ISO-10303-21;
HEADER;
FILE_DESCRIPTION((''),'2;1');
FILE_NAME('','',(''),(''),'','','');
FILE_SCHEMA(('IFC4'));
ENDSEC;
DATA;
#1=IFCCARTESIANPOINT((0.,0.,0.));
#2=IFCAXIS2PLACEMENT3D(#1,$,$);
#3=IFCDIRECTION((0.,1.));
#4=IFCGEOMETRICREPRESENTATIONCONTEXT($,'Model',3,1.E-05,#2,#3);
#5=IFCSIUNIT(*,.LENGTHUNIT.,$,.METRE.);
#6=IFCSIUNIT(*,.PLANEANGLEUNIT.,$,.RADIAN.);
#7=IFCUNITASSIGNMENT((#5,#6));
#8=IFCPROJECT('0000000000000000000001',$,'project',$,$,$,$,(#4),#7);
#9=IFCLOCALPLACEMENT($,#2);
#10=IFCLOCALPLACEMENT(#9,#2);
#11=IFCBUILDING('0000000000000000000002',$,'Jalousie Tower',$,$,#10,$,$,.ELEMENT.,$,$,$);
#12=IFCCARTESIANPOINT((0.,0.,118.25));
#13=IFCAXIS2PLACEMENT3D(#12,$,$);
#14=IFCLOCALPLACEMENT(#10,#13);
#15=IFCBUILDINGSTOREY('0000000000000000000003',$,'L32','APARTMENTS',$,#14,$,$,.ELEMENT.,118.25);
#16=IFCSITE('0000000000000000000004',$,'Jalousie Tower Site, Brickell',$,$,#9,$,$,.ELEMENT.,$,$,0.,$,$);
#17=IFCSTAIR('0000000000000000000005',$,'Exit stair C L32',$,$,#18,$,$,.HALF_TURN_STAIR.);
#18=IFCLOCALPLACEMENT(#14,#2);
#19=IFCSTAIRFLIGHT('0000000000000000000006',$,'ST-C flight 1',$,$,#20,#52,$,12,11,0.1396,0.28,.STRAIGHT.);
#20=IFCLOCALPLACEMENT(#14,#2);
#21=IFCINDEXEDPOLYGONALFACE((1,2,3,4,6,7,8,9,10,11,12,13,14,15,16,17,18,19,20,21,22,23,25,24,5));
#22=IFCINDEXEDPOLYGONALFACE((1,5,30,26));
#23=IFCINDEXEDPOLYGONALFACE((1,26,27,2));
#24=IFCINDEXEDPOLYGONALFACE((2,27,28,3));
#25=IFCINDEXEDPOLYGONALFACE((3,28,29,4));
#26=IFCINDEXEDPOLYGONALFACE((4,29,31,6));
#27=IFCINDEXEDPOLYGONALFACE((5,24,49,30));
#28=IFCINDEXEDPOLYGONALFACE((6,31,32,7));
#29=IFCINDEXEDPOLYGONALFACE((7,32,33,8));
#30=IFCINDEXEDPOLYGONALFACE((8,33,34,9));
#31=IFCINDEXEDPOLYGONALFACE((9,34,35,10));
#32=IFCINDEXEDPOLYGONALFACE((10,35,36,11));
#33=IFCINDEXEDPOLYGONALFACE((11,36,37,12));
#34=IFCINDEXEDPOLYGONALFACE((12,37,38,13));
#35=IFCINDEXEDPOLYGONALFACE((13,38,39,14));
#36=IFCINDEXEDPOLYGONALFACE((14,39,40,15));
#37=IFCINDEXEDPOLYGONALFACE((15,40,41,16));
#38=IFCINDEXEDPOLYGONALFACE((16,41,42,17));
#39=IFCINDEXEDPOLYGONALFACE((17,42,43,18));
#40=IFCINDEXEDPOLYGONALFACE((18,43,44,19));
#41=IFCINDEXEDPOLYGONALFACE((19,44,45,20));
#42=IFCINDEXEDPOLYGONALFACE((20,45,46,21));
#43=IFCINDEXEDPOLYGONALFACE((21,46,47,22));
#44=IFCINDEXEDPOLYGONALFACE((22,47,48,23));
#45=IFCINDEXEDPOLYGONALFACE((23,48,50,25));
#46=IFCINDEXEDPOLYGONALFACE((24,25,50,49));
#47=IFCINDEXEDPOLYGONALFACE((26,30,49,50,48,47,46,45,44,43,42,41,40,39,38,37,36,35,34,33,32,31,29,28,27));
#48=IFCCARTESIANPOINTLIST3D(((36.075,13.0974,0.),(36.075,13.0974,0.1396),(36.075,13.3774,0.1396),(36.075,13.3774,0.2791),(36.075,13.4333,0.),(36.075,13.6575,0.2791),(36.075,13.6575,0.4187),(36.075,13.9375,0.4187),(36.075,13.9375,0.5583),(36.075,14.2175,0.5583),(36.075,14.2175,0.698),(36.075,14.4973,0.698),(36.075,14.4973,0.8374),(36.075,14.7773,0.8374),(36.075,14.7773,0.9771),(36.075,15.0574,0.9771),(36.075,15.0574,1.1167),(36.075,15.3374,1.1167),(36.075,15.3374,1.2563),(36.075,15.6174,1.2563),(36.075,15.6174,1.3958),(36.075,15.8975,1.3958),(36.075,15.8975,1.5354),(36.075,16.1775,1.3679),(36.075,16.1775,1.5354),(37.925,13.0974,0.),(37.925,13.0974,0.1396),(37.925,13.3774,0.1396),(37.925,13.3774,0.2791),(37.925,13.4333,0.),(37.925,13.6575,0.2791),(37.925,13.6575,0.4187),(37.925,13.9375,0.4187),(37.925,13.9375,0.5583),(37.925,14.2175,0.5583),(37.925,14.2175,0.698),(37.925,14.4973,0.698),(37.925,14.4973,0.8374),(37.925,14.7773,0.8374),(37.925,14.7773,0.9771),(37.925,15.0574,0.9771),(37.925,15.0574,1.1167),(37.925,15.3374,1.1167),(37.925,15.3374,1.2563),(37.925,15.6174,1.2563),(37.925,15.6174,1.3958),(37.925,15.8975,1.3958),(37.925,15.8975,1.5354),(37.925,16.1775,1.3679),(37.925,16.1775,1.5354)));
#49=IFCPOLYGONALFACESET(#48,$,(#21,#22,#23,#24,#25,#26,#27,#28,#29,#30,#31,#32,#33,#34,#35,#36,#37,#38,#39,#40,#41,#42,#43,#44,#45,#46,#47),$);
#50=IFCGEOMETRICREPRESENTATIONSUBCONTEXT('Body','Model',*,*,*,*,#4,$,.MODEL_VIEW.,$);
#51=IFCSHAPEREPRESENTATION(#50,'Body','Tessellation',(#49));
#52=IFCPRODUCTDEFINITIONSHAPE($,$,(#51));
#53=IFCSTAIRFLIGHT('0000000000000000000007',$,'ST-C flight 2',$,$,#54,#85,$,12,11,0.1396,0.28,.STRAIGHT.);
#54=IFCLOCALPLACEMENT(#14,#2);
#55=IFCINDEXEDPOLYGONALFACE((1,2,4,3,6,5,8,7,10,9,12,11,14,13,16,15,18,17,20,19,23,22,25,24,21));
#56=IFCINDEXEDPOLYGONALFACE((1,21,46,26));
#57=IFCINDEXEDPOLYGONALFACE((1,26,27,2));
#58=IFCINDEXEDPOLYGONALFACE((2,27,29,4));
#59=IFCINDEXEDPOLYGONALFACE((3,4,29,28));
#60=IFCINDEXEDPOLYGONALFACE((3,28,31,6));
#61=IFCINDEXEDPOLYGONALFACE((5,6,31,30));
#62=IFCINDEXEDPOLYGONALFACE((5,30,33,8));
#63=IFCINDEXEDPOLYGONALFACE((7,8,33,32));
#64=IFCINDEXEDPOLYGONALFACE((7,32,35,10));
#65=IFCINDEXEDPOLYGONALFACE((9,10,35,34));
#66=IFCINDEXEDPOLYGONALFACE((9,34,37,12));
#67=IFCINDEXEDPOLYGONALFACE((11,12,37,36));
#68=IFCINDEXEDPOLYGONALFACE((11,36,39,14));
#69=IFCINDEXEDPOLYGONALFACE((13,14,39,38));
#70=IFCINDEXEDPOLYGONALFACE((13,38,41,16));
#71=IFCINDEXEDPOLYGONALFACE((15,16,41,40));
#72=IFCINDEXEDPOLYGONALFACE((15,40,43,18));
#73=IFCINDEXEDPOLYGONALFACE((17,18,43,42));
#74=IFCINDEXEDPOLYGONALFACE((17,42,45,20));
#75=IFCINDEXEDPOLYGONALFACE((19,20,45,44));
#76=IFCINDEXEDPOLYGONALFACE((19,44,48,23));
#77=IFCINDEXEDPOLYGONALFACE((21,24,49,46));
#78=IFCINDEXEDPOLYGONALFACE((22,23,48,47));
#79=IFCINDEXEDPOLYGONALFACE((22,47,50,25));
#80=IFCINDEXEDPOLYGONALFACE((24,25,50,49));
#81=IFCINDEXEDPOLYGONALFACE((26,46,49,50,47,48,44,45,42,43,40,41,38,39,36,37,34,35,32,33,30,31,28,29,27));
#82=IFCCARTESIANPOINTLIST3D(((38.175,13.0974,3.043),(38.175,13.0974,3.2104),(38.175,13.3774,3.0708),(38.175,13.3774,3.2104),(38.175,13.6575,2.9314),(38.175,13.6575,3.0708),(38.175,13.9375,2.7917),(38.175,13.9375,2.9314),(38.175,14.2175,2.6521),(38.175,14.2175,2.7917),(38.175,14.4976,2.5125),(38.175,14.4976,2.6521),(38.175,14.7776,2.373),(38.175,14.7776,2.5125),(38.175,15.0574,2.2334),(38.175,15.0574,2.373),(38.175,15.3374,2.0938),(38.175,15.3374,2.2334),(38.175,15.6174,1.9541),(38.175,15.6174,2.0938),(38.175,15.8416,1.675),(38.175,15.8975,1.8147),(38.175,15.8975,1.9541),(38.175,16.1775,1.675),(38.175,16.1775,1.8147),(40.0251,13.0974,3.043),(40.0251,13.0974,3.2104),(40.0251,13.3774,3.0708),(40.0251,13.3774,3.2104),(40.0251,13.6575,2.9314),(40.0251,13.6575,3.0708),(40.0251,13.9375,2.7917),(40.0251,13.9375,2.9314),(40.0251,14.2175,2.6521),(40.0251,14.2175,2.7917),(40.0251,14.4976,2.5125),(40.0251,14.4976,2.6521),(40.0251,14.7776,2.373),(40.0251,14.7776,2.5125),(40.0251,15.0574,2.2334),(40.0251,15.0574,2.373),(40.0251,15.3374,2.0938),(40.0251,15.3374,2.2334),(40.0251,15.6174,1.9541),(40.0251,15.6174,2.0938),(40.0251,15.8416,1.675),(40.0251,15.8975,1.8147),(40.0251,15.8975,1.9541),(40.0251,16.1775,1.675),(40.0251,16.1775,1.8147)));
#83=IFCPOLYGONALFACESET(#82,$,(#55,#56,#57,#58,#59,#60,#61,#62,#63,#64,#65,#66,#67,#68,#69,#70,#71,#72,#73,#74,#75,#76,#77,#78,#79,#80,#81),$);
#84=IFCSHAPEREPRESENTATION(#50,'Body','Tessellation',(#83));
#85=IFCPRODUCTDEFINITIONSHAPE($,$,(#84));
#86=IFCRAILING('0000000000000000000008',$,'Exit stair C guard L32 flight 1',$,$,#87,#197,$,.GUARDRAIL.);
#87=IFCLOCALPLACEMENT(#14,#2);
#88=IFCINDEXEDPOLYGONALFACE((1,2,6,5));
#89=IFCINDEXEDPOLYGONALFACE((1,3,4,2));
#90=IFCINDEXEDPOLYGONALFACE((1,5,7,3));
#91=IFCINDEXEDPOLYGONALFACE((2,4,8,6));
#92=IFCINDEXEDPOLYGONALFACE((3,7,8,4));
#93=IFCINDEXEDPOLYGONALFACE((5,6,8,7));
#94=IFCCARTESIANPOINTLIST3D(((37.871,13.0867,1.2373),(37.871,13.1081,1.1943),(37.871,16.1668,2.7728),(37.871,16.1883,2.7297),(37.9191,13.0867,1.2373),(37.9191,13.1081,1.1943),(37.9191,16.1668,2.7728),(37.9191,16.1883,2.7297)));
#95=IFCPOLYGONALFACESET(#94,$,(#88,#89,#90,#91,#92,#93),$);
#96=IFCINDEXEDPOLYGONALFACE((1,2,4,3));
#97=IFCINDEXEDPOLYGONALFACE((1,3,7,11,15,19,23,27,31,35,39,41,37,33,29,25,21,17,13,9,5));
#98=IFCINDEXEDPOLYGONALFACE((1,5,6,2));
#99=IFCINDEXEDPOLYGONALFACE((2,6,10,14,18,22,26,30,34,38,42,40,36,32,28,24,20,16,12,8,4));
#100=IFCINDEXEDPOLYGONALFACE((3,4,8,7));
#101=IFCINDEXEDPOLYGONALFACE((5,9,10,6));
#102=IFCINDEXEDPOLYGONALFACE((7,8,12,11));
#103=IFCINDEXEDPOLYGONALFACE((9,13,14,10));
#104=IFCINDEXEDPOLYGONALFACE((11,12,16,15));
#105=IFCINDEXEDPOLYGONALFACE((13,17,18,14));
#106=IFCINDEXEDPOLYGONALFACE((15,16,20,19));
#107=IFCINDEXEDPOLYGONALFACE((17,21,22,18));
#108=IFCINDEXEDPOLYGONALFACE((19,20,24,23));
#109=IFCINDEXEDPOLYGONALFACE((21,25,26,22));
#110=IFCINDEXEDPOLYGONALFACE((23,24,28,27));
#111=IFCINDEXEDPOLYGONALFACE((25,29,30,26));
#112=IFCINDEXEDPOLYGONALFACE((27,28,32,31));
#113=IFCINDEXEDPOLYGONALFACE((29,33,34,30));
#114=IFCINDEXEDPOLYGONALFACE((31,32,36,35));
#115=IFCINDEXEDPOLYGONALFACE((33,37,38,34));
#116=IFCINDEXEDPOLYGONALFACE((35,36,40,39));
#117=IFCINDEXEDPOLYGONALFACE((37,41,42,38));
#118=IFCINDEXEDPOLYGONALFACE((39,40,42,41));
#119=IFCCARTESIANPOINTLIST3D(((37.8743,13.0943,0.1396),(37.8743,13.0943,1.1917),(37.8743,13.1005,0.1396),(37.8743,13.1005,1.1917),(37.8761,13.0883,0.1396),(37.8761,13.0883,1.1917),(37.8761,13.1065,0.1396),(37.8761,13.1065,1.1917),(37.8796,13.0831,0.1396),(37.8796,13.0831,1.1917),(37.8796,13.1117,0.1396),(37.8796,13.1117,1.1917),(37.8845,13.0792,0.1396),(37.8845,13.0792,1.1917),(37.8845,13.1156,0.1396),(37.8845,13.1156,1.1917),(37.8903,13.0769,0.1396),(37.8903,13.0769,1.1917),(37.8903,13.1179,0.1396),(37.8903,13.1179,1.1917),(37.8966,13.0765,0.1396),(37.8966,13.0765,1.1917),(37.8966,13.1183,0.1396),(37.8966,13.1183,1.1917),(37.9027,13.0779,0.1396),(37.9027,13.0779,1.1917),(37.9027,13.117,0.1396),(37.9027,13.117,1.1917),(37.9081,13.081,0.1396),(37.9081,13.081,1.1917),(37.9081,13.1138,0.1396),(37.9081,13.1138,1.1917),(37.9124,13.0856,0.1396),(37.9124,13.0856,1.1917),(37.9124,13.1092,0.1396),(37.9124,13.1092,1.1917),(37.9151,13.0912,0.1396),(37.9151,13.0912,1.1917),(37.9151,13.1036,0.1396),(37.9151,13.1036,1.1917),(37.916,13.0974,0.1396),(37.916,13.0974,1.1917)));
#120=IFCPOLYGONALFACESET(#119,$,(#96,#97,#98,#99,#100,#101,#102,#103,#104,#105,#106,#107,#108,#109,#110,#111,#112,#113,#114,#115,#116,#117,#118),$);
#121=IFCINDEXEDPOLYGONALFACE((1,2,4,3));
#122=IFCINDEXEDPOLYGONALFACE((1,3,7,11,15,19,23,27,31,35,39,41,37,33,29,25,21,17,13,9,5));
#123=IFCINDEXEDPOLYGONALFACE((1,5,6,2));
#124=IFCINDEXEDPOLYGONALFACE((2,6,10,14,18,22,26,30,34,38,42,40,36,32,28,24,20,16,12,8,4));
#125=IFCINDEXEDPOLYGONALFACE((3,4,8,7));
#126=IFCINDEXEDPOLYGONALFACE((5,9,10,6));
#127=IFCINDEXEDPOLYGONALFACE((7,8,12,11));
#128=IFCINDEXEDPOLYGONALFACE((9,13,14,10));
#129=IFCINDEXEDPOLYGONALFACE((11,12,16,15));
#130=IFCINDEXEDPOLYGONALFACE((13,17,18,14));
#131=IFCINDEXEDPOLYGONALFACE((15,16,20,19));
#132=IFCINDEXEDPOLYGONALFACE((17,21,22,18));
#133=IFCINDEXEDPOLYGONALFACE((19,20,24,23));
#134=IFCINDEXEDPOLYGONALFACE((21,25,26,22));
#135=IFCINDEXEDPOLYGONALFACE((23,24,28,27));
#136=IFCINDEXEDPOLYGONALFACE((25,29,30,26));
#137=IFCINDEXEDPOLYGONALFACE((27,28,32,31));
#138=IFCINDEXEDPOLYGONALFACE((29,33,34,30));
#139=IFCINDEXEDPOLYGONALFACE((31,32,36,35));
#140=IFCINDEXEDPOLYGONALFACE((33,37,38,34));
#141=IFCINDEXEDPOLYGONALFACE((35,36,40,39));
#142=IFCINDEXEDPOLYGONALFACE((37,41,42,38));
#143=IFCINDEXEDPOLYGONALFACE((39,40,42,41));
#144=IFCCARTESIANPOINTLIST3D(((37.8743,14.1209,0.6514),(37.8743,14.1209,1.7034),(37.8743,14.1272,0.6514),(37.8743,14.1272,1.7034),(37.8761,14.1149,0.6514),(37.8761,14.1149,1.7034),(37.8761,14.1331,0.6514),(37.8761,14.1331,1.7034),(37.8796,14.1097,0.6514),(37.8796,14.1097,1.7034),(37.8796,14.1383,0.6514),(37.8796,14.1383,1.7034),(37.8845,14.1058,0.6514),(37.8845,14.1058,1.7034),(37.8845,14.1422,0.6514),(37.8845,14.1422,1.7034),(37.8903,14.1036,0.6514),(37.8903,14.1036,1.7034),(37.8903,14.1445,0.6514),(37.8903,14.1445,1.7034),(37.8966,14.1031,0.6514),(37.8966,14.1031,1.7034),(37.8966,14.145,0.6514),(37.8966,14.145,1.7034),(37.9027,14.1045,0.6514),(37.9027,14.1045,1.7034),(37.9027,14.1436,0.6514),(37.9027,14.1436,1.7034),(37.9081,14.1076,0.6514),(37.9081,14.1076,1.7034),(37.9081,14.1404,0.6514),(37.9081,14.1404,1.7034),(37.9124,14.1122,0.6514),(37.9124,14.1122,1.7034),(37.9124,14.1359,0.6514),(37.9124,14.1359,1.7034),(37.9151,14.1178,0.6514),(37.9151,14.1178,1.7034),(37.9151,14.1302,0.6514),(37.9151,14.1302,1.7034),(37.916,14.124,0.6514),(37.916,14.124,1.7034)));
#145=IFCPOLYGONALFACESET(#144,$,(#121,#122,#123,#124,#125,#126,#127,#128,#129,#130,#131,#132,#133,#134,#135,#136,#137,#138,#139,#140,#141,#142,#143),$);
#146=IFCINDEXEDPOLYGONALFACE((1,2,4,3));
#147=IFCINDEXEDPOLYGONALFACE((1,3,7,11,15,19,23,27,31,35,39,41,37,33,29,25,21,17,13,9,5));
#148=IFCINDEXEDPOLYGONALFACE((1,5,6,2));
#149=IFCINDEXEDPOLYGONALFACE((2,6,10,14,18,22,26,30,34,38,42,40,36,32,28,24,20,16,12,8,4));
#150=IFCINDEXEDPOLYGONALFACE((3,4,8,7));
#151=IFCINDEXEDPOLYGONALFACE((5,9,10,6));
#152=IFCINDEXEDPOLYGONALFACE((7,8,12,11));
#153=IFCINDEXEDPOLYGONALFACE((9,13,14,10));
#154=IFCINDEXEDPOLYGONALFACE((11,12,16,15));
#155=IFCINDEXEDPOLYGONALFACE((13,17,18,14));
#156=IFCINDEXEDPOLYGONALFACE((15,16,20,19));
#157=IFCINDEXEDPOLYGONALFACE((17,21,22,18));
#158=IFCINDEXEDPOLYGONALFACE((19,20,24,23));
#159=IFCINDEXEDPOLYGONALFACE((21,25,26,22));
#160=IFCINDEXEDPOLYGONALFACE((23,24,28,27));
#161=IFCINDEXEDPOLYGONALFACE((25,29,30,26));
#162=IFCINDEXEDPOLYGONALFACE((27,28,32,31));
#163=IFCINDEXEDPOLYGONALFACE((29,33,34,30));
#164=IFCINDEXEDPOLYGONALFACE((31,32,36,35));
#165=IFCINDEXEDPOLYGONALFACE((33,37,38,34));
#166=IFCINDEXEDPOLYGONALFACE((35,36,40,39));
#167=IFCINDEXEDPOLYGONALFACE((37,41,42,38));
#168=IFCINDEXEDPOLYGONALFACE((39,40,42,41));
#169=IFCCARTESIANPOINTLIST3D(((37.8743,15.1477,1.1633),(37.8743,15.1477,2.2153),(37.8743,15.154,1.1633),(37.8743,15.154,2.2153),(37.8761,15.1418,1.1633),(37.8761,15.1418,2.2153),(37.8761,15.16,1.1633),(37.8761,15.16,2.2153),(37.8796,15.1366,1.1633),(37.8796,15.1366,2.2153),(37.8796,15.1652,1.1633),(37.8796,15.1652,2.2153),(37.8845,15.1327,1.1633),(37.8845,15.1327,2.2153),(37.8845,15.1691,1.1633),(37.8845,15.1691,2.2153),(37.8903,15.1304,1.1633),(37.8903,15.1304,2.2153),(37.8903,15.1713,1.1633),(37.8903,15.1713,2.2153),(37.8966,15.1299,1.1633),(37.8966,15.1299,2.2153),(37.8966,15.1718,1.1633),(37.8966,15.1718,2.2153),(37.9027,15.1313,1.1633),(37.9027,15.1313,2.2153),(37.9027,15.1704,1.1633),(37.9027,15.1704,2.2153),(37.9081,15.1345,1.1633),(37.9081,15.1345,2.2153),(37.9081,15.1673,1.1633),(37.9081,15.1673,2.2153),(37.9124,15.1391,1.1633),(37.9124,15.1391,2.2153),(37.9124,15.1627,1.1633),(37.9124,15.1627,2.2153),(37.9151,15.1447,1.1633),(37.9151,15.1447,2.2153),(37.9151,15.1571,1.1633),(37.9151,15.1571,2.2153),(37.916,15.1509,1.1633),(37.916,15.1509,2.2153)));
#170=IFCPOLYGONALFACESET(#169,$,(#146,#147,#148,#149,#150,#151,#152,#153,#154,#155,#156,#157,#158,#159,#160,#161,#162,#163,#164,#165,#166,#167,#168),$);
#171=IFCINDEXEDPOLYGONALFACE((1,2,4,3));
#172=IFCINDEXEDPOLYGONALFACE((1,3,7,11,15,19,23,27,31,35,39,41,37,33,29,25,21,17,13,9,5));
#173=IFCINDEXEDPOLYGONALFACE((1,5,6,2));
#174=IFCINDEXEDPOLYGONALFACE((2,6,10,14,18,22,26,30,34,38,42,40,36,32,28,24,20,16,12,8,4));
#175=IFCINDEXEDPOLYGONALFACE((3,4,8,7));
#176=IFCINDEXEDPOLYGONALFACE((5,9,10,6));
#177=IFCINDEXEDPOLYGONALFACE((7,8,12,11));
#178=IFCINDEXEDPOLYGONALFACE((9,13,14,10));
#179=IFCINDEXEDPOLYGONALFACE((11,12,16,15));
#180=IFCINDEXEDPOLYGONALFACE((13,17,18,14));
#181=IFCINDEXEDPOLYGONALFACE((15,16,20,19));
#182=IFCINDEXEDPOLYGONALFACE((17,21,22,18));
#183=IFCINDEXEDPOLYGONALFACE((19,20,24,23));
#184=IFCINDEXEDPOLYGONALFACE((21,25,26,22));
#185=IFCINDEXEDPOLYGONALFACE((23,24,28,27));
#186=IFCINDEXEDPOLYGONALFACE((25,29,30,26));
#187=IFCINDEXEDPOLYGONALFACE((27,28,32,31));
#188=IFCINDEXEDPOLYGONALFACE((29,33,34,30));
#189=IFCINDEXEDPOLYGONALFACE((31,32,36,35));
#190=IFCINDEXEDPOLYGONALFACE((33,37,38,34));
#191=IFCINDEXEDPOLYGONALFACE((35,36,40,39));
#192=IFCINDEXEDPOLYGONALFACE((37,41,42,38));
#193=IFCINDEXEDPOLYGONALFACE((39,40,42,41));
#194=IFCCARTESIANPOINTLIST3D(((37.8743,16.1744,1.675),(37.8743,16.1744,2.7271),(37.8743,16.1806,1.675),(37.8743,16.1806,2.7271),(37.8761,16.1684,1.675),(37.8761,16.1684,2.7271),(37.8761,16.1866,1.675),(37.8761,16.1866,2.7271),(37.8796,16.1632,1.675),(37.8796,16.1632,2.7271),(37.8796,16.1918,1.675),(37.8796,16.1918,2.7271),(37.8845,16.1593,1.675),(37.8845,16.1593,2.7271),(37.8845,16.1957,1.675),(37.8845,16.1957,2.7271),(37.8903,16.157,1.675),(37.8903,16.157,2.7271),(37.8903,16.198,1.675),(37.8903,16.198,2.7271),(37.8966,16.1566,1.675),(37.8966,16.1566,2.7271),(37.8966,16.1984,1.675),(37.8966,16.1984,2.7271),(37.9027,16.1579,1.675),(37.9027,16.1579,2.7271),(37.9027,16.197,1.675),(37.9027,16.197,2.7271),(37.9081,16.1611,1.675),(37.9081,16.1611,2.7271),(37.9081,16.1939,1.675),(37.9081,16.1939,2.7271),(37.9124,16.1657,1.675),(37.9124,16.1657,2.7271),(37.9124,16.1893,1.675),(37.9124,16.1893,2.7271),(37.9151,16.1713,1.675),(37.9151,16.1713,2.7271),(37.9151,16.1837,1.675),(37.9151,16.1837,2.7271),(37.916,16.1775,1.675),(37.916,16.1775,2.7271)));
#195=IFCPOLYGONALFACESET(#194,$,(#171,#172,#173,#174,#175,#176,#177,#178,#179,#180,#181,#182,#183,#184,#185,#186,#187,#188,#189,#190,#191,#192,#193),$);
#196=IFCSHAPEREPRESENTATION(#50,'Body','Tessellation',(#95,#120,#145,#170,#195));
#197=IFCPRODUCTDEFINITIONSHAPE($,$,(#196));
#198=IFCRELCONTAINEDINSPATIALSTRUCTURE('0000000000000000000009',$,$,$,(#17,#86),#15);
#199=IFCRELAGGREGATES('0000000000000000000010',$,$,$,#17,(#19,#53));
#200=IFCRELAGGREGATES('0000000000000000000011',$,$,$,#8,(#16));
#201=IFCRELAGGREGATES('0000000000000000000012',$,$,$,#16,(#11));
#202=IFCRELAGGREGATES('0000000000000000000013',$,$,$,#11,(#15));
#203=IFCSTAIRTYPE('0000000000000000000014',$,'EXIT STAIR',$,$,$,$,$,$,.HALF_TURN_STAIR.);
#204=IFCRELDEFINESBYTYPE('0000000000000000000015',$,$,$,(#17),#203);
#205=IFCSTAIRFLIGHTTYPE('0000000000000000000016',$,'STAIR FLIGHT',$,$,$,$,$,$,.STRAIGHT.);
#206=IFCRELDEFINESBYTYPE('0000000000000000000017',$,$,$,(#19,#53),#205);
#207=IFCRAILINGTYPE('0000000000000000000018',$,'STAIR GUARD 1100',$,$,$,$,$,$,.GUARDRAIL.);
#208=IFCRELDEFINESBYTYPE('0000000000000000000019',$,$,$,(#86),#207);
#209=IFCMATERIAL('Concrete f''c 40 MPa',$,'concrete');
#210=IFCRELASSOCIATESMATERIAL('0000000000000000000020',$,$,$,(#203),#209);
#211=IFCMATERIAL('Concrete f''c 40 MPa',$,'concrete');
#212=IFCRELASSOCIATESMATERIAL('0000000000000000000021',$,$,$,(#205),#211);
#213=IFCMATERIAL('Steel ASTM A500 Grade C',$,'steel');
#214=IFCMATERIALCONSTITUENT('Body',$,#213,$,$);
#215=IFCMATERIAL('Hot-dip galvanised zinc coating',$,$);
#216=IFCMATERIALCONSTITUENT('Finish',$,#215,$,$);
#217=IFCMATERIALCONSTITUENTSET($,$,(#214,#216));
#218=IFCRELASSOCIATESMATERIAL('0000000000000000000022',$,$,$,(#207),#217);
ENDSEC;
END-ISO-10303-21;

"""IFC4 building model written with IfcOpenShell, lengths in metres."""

from ifc_helpers import new_model, si_unit, direction, frame, origin, origin_2d, place, context, subcontext, project, spatial, polyline, rectangle, circle, outline, extrude, material, constituent, constituent_set, type_object, element, aggregate, save


model = new_model("IFC4")

# Units and contexts
model_context = context("Model", 3, precision=1e-05, world=origin(), true_north=direction((0.0, 1.0)))
body_context = subcontext(model_context, "Body", "Model", "MODEL_VIEW")
ifc_project = project(units=[si_unit("LENGTHUNIT", "METRE"), si_unit("PLANEANGLEUNIT", "RADIAN")], contexts=[model_context])

# Site, building, storey
site_placement = place(None, origin())
site = spatial("IfcSite", under=ifc_project, at=site_placement, Name="Jalousie Tower Site, Brickell", CompositionType="ELEMENT", RefElevation=0.0)
building_placement = place(site_placement, origin())
building = spatial("IfcBuilding", under=site, at=building_placement, Name="Jalousie Tower", CompositionType="ELEMENT")
storey_placement = place(building_placement, frame((0.0, 0.0, 118.25)))
storey = spatial("IfcBuildingStorey", under=building, at=storey_placement, Name="L32", Description="APARTMENTS", CompositionType="ELEMENT", Elevation=118.25)

# Stair, stair flights
ifc_material_1 = material(Name="Concrete f'c 40 MPa", Category="concrete")
stair_type = type_object("IfcStairType", Name="EXIT STAIR", PredefinedType="HALF_TURN_STAIR", material=ifc_material_1)
stair_placement = place(storey_placement, origin())
stair = element("IfcStair", 1, at=stair_placement, inside=storey, type_object=stair_type, Name="Exit stair C L32", PredefinedType="HALF_TURN_STAIR")
ifc_material_2 = material(Name="Concrete f'c 40 MPa", Category="concrete")
stair_flight_type = type_object("IfcStairFlightType", Name="STAIR FLIGHT", PredefinedType="STRAIGHT", material=ifc_material_2)
stair_flight_1_placement = place(storey_placement, frame((37.0, 13.0974, 0.0), z_axis=(0.0, 0.0, 1.0), x_axis=(0.0, 1.0, 0.0)))
stair_flight_1 = element("IfcStairFlight", 2, at=stair_flight_1_placement, type_object=stair_flight_type, Name="ST-C flight 1", NumberOfRisers=12, NumberOfTreads=11, PredefinedType="STRAIGHT", RiserHeight=0.1396, TreadLength=0.28, context=body_context, shape_type="SweptSolid", body=[
    extrude(outline(polyline([(0.0, 0.0), (0.0, 0.1396), (0.28, 0.1396), (0.28, 0.2791), (0.5601, 0.2791), (0.5601, 0.4187), (0.8401, 0.4187), (0.8401, 0.5583), (1.1201, 0.5583), (1.1201, 0.698), (1.3999, 0.698), (1.3999, 0.8374), (1.6799, 0.8374), (1.6799, 0.9771), (1.96, 0.9771), (1.96, 1.1167), (2.24, 1.1167), (2.24, 1.2563), (2.52, 1.2563), (2.52, 1.3958), (2.8, 1.3958), (2.8, 1.5354), (3.0801, 1.5354), (3.0801, 1.675), (3.0801, 1.3679), (0.3359, 0.0), (0.0, 0.0)])), frame((0.0, 0.925, 0.0), z_axis=(0.0, -1.0, 0.0), x_axis=(1.0, 0.0, 0.0)), (0.0, 0.0, 1.0), 1.8501),
])
stair_flight_2_placement = place(storey_placement, frame((39.1001, 16.1775, 1.675), z_axis=(0.0, 0.0, 1.0), x_axis=(0.0, -1.0, 0.0)))
stair_flight_2 = element("IfcStairFlight", 3, at=stair_flight_2_placement, type_object=stair_flight_type, Name="ST-C flight 2", NumberOfRisers=12, NumberOfTreads=11, PredefinedType="STRAIGHT", RiserHeight=0.1396, TreadLength=0.28, context=body_context, shape_type="SweptSolid", body=[
    extrude(outline(polyline([(0.0, 0.0), (0.0, 0.1396), (0.28, 0.1396), (0.28, 0.2791), (0.5601, 0.2791), (0.5601, 0.4187), (0.8401, 0.4187), (0.8401, 0.5583), (1.1201, 0.5583), (1.1201, 0.698), (1.3999, 0.698), (1.3999, 0.8374), (1.6799, 0.8374), (1.6799, 0.9771), (1.96, 0.9771), (1.96, 1.1167), (2.24, 1.1167), (2.24, 1.2563), (2.52, 1.2563), (2.52, 1.3958), (2.8, 1.3958), (2.8, 1.5354), (3.0801, 1.5354), (3.0801, 1.675), (3.0801, 1.3679), (0.3359, 0.0), (0.0, 0.0)])), frame((0.0, 0.925, 0.0), z_axis=(0.0, -1.0, 0.0), x_axis=(1.0, 0.0, 0.0)), (0.0, 0.0, 1.0), 1.8501),
])
aggregate(stair, [stair_flight_1, stair_flight_2])

# Railing
ifc_material_3 = material(Name="Steel ASTM A500 Grade C", Category="steel")
ifc_constituent_1 = constituent(ifc_material_3, Name="Body")
ifc_material_4 = material(Name="Hot-dip galvanised zinc coating")
ifc_constituent_2 = constituent(ifc_material_4, Name="Finish")
ifc_constituent_set_1 = constituent_set(constituents=[ifc_constituent_1, ifc_constituent_2])
railing_type_1 = type_object("IfcRailingType", Name="STAIR GUARD 1100", PredefinedType="GUARDRAIL", material=ifc_constituent_set_1)
railing_1_placement = place(storey_placement, frame((37.895, 13.0974, 0.1396)))
element("IfcRailing", 4, at=railing_1_placement, inside=storey, type_object=railing_type_1, Name="Exit stair C guard L32 flight 1", PredefinedType="GUARDRAIL", context=body_context, shape_type="SweptSolid", body=[
    extrude(rectangle(XDim=0.0481, YDim=0.0481, at=origin_2d()), frame((0.0, 0.0, 1.0762), z_axis=(0.0, 0.894966, 0.446135), x_axis=(-1.0, 0.0, 0.0)), (0.0, 0.0, 1.0), 3.4417),
    extrude(circle(Radius=0.021, at=origin_2d()), origin(), (0.0, 0.0, 1.0), 1.052),
    extrude(circle(Radius=0.021, at=origin_2d()), frame((0.0, 1.0266, 0.5117)), (0.0, 0.0, 1.0), 1.052),
    extrude(circle(Radius=0.021, at=origin_2d()), frame((0.0, 2.0535, 1.0237)), (0.0, 0.0, 1.0), 1.052),
    extrude(circle(Radius=0.021, at=origin_2d()), frame((0.0, 3.0801, 1.5354)), (0.0, 0.0, 1.0), 1.052),
])

save(model, "model.ifc")
